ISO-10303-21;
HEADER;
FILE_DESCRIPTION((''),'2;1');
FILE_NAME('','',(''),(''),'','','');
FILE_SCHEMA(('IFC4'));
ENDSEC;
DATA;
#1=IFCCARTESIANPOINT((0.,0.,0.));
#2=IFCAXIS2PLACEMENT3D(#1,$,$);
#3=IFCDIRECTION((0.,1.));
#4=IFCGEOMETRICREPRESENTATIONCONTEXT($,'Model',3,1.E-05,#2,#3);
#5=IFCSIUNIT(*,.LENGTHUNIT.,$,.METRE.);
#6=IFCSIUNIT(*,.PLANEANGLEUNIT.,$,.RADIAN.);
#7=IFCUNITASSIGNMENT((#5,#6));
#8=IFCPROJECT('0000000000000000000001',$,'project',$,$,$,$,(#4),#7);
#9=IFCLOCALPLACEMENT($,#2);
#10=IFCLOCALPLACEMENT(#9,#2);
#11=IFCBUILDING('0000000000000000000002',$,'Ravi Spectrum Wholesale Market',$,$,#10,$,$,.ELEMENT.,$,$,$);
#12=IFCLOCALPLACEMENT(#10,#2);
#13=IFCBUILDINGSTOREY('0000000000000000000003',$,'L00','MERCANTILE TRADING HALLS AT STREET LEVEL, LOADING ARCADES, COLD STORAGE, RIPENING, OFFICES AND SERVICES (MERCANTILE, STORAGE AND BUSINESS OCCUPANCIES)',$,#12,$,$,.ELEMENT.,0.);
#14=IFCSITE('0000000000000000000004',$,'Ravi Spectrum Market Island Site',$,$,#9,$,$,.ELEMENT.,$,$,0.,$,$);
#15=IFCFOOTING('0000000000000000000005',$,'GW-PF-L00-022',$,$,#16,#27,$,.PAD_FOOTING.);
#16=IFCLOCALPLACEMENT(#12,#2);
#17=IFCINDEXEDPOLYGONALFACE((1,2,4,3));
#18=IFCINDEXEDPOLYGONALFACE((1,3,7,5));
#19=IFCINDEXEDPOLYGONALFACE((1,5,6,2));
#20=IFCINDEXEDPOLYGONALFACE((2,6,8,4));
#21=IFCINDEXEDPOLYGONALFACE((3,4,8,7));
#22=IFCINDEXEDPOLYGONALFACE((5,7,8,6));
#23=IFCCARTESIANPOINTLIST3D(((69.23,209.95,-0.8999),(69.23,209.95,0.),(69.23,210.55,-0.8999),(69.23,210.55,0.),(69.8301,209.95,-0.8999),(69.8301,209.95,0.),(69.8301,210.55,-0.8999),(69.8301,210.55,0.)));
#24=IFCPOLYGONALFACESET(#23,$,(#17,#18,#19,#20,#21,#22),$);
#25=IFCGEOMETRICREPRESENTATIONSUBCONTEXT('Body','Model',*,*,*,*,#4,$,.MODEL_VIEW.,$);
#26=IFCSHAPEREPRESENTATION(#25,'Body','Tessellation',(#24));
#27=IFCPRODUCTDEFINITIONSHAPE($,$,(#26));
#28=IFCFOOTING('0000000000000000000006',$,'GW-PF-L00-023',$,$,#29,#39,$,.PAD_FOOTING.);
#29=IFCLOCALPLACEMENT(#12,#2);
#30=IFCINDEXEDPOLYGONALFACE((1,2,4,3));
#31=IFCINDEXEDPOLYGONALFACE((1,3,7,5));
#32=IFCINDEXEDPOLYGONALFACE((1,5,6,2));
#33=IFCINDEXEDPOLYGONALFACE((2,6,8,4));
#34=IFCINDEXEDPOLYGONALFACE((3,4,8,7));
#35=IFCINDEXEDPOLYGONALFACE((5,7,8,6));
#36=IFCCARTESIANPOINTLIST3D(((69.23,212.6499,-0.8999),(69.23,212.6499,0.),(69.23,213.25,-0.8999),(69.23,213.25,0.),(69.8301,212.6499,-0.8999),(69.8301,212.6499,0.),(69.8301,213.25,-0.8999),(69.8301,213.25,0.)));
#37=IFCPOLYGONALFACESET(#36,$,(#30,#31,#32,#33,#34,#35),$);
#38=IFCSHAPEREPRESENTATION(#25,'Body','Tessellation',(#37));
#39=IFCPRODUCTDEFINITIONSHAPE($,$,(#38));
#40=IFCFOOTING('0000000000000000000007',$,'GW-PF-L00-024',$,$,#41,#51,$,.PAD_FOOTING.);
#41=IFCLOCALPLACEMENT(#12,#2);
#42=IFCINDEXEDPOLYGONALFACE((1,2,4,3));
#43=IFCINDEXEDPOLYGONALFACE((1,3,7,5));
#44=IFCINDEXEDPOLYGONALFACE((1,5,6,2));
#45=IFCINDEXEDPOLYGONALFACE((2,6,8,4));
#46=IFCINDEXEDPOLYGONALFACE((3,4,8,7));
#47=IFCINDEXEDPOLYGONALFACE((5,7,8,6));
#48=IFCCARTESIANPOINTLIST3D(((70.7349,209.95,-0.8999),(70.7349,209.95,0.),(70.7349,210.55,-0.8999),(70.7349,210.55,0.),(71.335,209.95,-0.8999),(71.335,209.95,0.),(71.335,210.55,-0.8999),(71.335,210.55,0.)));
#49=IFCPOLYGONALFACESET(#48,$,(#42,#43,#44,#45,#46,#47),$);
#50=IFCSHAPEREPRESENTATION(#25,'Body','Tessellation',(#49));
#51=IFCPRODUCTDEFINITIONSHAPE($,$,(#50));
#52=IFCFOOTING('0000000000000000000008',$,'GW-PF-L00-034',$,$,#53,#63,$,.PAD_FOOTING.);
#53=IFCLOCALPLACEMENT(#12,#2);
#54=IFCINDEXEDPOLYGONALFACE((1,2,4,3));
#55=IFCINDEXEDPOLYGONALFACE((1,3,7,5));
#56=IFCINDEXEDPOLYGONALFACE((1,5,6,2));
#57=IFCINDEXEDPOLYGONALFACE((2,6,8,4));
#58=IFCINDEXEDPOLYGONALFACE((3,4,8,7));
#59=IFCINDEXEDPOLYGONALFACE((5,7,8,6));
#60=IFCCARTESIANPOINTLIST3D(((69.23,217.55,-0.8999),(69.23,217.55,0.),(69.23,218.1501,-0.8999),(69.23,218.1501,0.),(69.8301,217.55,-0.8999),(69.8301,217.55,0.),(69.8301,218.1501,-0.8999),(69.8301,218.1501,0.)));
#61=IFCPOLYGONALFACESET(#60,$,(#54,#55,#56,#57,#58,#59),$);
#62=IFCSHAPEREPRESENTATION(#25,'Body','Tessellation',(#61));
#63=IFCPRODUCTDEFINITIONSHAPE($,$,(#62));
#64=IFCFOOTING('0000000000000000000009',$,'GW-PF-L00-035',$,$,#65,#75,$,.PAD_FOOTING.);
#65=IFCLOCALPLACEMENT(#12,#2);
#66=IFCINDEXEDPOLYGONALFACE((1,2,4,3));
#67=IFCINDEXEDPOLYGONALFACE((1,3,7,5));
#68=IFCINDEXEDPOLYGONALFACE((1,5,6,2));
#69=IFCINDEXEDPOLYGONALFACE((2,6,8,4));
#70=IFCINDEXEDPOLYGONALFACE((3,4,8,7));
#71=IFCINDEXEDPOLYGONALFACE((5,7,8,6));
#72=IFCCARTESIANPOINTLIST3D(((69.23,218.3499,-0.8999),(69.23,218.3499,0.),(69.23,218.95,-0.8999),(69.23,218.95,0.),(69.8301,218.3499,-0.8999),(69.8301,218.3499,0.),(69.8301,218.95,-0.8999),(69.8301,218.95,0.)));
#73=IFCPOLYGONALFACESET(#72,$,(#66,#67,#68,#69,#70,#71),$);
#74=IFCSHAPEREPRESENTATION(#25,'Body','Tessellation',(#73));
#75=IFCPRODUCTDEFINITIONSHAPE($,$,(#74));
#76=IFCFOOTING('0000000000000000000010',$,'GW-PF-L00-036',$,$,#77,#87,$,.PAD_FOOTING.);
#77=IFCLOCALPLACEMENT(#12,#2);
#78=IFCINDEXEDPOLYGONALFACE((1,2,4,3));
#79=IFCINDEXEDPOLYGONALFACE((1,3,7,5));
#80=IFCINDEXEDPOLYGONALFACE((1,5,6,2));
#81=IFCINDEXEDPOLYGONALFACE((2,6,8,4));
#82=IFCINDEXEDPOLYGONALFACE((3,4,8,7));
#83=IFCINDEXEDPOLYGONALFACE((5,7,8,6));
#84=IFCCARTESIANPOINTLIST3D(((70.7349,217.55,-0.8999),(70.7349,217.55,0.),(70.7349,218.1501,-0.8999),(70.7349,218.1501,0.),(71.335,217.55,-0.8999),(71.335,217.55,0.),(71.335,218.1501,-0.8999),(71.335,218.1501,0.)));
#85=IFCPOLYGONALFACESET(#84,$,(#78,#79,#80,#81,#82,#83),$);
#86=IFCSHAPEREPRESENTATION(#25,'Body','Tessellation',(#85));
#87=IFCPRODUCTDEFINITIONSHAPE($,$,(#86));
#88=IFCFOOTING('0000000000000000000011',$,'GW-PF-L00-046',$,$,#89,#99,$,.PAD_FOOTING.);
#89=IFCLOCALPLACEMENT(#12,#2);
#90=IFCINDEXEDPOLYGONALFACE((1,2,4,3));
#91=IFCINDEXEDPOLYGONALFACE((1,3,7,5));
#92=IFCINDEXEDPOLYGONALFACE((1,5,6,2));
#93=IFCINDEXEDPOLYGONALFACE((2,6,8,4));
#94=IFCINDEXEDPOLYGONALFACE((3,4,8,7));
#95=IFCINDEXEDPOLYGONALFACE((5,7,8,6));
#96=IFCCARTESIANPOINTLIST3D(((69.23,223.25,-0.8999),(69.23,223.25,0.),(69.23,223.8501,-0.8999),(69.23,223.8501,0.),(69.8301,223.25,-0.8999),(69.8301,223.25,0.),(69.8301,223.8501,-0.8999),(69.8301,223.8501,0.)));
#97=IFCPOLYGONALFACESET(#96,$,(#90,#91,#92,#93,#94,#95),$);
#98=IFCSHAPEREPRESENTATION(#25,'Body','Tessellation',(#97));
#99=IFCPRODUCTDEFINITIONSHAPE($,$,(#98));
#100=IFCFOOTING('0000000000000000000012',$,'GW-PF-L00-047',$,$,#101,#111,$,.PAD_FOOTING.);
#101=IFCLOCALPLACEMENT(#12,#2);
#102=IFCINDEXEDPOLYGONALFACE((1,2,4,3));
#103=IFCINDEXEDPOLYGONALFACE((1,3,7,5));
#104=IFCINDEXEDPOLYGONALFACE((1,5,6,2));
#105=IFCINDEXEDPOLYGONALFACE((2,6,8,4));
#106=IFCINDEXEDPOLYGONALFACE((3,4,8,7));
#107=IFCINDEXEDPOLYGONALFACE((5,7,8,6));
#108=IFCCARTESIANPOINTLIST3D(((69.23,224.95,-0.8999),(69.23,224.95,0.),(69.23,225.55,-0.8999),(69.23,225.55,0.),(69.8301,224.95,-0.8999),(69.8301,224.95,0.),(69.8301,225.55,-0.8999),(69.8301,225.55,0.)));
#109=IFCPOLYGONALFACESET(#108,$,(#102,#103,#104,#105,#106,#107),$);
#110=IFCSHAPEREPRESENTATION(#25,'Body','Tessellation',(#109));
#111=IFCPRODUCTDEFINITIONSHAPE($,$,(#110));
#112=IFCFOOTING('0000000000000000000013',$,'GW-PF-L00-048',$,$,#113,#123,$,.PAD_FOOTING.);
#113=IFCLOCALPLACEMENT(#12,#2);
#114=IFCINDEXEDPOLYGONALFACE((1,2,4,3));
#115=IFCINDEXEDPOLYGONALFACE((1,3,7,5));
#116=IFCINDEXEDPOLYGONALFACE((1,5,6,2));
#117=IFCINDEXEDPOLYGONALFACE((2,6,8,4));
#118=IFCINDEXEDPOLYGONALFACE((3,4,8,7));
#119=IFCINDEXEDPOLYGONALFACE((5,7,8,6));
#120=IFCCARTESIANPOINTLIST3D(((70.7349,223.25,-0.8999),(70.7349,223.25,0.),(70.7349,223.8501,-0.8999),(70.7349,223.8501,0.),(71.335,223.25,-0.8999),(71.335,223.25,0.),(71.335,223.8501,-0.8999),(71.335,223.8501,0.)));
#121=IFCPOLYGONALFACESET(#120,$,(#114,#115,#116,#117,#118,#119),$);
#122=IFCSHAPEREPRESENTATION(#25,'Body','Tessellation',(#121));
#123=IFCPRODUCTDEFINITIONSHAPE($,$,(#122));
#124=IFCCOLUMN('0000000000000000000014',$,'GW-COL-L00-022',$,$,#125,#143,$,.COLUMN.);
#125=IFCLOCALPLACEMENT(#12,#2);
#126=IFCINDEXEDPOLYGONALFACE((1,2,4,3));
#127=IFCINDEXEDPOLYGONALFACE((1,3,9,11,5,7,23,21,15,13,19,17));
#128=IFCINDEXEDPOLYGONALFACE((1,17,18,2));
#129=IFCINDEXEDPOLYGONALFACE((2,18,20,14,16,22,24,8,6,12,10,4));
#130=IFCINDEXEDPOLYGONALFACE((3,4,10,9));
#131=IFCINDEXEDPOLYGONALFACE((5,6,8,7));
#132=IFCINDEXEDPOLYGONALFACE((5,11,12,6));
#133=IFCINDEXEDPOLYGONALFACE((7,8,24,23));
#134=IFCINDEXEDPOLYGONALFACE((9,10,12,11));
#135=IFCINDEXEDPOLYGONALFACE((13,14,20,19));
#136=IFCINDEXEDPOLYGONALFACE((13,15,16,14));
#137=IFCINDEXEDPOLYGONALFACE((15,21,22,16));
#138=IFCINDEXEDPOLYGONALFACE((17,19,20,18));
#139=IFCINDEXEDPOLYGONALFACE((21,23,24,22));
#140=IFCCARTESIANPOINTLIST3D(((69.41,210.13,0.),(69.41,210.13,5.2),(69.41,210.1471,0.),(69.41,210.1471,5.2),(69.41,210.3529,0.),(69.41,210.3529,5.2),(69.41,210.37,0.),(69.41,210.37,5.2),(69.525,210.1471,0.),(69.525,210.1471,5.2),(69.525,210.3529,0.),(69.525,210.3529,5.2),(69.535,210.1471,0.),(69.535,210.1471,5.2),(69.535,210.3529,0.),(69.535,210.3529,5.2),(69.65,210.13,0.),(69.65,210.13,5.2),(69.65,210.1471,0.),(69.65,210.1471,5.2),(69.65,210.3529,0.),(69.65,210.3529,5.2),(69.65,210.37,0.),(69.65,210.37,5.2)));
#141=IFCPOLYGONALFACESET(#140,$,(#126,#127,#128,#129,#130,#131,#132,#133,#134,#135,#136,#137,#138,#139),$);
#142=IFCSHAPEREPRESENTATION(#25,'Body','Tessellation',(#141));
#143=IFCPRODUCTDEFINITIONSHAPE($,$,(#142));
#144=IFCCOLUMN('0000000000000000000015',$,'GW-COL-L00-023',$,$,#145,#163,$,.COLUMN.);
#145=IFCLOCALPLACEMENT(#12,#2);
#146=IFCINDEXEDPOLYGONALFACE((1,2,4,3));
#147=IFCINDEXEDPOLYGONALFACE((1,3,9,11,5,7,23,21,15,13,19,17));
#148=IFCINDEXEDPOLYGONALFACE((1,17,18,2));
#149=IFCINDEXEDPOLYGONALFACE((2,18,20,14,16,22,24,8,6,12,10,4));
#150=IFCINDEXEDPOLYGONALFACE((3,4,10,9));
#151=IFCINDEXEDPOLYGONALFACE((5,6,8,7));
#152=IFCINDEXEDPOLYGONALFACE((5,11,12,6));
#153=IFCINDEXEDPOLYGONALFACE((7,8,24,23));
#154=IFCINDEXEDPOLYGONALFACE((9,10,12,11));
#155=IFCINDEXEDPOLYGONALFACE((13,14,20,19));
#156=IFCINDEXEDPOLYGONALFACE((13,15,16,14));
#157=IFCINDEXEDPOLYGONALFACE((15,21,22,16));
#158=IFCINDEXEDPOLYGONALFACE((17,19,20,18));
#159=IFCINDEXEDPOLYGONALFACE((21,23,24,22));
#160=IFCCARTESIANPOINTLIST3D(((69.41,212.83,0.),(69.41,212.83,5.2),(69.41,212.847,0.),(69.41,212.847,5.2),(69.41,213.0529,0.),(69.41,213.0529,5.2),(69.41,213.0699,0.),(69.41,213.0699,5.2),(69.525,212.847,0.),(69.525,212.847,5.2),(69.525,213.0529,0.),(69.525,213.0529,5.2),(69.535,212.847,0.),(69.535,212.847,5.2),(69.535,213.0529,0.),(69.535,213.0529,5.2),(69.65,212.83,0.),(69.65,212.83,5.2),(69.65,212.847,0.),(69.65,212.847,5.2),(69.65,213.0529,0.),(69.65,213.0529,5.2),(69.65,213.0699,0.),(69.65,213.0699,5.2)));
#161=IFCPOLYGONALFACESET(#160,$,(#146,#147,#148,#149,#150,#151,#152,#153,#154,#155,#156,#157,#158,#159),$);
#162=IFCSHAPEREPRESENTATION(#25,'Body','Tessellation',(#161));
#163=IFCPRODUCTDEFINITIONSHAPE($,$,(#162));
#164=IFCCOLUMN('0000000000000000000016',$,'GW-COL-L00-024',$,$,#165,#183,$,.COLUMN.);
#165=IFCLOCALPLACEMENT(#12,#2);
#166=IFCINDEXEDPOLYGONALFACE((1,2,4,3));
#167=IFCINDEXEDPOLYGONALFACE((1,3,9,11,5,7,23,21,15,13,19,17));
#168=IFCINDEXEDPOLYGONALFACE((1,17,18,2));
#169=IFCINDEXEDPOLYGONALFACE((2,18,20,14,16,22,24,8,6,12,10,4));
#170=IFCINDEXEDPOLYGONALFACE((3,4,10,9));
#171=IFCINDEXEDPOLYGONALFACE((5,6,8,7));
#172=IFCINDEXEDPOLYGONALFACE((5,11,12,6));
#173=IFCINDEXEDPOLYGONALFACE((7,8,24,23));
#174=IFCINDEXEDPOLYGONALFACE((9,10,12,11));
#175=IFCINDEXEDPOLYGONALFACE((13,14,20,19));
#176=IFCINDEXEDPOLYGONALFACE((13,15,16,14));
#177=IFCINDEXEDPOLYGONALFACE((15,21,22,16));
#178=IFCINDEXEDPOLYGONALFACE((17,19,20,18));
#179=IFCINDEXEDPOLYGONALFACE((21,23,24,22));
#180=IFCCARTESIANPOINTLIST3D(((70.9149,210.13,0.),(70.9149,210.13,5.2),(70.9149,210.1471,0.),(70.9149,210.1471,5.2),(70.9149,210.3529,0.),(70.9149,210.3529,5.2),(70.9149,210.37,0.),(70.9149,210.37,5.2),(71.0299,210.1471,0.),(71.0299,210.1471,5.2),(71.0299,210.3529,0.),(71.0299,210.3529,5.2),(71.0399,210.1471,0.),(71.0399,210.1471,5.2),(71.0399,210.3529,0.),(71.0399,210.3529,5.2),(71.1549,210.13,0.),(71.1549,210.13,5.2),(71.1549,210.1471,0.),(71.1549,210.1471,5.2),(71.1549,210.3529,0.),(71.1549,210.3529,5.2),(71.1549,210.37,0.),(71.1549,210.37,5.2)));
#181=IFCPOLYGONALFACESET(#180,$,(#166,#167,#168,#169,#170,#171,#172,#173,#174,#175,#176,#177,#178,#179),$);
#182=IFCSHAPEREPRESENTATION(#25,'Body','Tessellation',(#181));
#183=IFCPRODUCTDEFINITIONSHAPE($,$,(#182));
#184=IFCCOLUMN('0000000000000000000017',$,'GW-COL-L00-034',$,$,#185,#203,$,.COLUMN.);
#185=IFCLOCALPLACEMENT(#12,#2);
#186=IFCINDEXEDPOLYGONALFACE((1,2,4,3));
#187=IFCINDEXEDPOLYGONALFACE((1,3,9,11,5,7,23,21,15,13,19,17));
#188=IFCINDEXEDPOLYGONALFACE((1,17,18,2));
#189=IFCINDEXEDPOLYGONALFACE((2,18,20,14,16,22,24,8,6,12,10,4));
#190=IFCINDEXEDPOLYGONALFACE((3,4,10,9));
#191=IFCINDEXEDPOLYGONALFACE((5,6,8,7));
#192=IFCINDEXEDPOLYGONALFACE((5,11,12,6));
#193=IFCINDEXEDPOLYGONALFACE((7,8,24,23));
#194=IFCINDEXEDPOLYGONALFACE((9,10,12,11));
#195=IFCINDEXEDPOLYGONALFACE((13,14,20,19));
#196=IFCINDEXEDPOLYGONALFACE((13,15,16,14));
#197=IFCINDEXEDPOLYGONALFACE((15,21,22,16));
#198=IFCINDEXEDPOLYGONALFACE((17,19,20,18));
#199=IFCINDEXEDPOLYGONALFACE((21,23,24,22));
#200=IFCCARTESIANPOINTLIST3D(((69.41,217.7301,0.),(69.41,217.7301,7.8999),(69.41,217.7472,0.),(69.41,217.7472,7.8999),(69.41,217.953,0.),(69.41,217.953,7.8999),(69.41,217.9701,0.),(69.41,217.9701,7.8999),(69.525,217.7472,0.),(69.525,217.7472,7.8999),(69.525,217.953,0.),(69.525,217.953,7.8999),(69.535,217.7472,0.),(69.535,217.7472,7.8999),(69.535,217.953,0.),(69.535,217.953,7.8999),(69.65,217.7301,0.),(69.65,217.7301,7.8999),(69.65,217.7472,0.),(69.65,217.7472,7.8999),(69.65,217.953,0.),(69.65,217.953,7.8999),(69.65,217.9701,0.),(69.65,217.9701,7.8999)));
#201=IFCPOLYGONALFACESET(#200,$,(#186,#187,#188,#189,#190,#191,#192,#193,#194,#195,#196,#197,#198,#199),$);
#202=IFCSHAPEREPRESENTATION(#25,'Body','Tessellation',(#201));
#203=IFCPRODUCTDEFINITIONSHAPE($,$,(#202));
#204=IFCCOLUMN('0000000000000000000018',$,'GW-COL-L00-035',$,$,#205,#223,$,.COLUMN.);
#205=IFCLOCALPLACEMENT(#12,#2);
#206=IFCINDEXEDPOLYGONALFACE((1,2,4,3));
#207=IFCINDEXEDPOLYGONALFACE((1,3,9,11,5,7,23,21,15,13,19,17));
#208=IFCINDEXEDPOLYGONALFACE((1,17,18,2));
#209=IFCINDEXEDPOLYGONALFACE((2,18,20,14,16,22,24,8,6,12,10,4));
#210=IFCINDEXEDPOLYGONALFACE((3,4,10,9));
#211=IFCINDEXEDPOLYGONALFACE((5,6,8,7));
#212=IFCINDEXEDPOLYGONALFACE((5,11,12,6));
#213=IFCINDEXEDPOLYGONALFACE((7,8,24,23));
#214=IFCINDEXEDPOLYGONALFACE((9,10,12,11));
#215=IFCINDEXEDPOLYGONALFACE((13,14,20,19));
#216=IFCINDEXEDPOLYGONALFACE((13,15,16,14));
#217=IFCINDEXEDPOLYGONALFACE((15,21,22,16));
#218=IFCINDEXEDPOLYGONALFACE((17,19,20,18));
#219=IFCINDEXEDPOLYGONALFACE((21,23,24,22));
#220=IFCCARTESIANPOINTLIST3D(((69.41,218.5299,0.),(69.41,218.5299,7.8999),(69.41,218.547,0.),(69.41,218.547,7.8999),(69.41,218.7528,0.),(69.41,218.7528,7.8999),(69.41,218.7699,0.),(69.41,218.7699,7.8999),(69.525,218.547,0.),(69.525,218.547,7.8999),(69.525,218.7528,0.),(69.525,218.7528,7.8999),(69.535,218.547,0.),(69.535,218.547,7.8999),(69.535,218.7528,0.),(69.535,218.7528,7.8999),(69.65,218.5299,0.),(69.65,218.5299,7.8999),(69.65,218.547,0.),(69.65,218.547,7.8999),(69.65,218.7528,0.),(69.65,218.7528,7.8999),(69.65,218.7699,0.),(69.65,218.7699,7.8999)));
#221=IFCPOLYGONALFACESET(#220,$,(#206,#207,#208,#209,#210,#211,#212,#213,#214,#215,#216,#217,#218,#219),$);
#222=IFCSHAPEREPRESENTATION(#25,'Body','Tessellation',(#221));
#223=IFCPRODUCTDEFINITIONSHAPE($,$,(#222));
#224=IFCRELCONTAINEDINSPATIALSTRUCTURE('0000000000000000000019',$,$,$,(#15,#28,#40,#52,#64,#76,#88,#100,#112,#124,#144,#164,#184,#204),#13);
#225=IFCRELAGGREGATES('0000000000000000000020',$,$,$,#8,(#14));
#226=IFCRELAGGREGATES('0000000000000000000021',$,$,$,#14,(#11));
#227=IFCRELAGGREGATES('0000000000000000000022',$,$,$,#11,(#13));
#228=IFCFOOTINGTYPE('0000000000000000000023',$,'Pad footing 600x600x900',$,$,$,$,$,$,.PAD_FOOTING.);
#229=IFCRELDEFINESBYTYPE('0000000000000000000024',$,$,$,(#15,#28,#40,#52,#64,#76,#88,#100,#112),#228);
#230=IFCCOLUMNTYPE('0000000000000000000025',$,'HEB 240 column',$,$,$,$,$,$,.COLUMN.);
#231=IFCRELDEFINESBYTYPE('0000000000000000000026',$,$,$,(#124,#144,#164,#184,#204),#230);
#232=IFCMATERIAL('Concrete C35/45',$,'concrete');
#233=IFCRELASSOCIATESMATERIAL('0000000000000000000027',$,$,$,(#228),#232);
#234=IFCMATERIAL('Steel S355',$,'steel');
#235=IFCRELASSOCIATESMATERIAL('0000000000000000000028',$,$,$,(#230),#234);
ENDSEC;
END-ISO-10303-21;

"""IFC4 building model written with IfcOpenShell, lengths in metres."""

from ifc_helpers import new_model, si_unit, direction, frame, origin, origin_2d, place, context, subcontext, project, spatial, rectangle, i_section, extrude, material, material_profile, profile_set, type_object, element, save


model = new_model("IFC4")

# Units and contexts
model_context = context("Model", 3, precision=1e-05, world=origin(), true_north=direction((0.0, 1.0)))
body_context = subcontext(model_context, "Body", "Model", "MODEL_VIEW")
ifc_project = project(units=[si_unit("LENGTHUNIT", "METRE"), si_unit("PLANEANGLEUNIT", "RADIAN")], contexts=[model_context])

# Site, building, storey
site_placement = place(None, origin())
site = spatial("IfcSite", under=ifc_project, at=site_placement, Name="Ravi Spectrum Market Island Site", CompositionType="ELEMENT", RefElevation=0.0)
building_placement = place(site_placement, origin())
building = spatial("IfcBuilding", under=site, at=building_placement, Name="Ravi Spectrum Wholesale Market", CompositionType="ELEMENT")
storey_placement = place(building_placement, origin())
storey = spatial("IfcBuildingStorey", under=building, at=storey_placement, Name="L00", Description="MERCANTILE TRADING HALLS AT STREET LEVEL, LOADING ARCADES, COLD STORAGE, RIPENING, OFFICES AND SERVICES (MERCANTILE, STORAGE AND BUSINESS OCCUPANCIES)", CompositionType="ELEMENT", Elevation=0.0)

# Footings
ifc_material_1 = material(Name="Concrete C35/45", Category="concrete")
footing_type = type_object("IfcFootingType", Name="Pad footing 600x600x900", PredefinedType="PAD_FOOTING", material=ifc_material_1)
for number, where, z_axis, x_axis, name in (
    (1, (69.53, 210.25, -0.8999), (0.0, 0.0, 1.0), (1.0, 0.0, 0.0), "GW-PF-L00-022"),
    (2, (69.53, 212.95, -0.8999), (0.0, 0.0, 1.0), (1.0, 0.0, 0.0), "GW-PF-L00-023"),
    (3, (71.0349, 210.25, -0.8999), (0.0, 0.0, 1.0), (1.0, 0.0, 0.0), "GW-PF-L00-024"),
    (4, (69.53, 217.8501, -0.8999), (0.0, 0.0, 1.0), (1.0, 0.0, 0.0), "GW-PF-L00-034"),
    (5, (69.53, 218.6499, -0.8999), (0.0, 0.0, 1.0), (1.0, 0.0, 0.0), "GW-PF-L00-035"),
    (6, (71.0349, 217.8501, -0.8999), (0.0, 0.0, 1.0), (1.0, 0.0, 0.0), "GW-PF-L00-036"),
    (7, (69.53, 223.55, -0.8999), (0.0, 0.0, 1.0), (1.0, 0.0, 0.0), "GW-PF-L00-046"),
    (8, (69.53, 225.25, -0.8999), (0.0, 0.0, 1.0), (1.0, 0.0, 0.0), "GW-PF-L00-047"),
    (9, (71.0349, 223.55, -0.8999), (0.0, 0.0, 1.0), (1.0, 0.0, 0.0), "GW-PF-L00-048"),
):
    element("IfcFooting", number, at=place(storey_placement, frame(where, z_axis=z_axis, x_axis=x_axis)), inside=storey, type_object=footing_type, Name=name, PredefinedType="PAD_FOOTING", context=body_context, shape_type="SweptSolid", body=[
        extrude(rectangle(XDim=0.6001, YDim=0.6001, at=origin_2d()), origin(), (0.0, 0.0, 1.0), 0.8999),
    ])

# Columns
ifc_material_2 = material(Name="Steel S355", Category="steel")
ifc_material_profile = material_profile(ifc_material_2, i_section(OverallWidth=0.24, OverallDepth=0.24, WebThickness=0.01, FlangeThickness=0.0171, at=origin_2d()))
ifc_profile_set = profile_set([ifc_material_profile], Name="Steel S355")
column_type = type_object("IfcColumnType", Name="HEB 240 column", PredefinedType="COLUMN", material=ifc_profile_set)
for number, where, z_axis, x_axis, name in (
    (10, (69.53, 210.25, 0.0), (0.0, 0.0, 1.0), (1.0, 0.0, 0.0), "GW-COL-L00-022"),
    (11, (69.53, 212.95, 0.0), (0.0, 0.0, 1.0), (1.0, 0.0, 0.0), "GW-COL-L00-023"),
    (12, (71.0349, 210.25, 0.0), (0.0, 0.0, 1.0), (1.0, 0.0, 0.0), "GW-COL-L00-024"),
):
    element("IfcColumn", number, at=place(storey_placement, frame(where, z_axis=z_axis, x_axis=x_axis)), inside=storey, type_object=column_type, Name=name, PredefinedType="COLUMN", context=body_context, shape_type="SweptSolid", body=[
        extrude(i_section(OverallWidth=0.24, OverallDepth=0.24, WebThickness=0.01, FlangeThickness=0.0171, at=origin_2d()), origin(), (0.0, 0.0, 1.0), 5.2),
    ])
for number, where, z_axis, x_axis, name in (
    (13, (69.53, 217.8501, 0.0), (0.0, 0.0, 1.0), (1.0, 0.0, 0.0), "GW-COL-L00-034"),
    (14, (69.53, 218.6499, 0.0), (0.0, 0.0, 1.0), (1.0, 0.0, 0.0), "GW-COL-L00-035"),
):
    element("IfcColumn", number, at=place(storey_placement, frame(where, z_axis=z_axis, x_axis=x_axis)), inside=storey, type_object=column_type, Name=name, PredefinedType="COLUMN", context=body_context, shape_type="SweptSolid", body=[
        extrude(i_section(OverallWidth=0.24, OverallDepth=0.24, WebThickness=0.01, FlangeThickness=0.0171, at=origin_2d()), origin(), (0.0, 0.0, 1.0), 7.8999),
    ])

save(model, "model.ifc")
